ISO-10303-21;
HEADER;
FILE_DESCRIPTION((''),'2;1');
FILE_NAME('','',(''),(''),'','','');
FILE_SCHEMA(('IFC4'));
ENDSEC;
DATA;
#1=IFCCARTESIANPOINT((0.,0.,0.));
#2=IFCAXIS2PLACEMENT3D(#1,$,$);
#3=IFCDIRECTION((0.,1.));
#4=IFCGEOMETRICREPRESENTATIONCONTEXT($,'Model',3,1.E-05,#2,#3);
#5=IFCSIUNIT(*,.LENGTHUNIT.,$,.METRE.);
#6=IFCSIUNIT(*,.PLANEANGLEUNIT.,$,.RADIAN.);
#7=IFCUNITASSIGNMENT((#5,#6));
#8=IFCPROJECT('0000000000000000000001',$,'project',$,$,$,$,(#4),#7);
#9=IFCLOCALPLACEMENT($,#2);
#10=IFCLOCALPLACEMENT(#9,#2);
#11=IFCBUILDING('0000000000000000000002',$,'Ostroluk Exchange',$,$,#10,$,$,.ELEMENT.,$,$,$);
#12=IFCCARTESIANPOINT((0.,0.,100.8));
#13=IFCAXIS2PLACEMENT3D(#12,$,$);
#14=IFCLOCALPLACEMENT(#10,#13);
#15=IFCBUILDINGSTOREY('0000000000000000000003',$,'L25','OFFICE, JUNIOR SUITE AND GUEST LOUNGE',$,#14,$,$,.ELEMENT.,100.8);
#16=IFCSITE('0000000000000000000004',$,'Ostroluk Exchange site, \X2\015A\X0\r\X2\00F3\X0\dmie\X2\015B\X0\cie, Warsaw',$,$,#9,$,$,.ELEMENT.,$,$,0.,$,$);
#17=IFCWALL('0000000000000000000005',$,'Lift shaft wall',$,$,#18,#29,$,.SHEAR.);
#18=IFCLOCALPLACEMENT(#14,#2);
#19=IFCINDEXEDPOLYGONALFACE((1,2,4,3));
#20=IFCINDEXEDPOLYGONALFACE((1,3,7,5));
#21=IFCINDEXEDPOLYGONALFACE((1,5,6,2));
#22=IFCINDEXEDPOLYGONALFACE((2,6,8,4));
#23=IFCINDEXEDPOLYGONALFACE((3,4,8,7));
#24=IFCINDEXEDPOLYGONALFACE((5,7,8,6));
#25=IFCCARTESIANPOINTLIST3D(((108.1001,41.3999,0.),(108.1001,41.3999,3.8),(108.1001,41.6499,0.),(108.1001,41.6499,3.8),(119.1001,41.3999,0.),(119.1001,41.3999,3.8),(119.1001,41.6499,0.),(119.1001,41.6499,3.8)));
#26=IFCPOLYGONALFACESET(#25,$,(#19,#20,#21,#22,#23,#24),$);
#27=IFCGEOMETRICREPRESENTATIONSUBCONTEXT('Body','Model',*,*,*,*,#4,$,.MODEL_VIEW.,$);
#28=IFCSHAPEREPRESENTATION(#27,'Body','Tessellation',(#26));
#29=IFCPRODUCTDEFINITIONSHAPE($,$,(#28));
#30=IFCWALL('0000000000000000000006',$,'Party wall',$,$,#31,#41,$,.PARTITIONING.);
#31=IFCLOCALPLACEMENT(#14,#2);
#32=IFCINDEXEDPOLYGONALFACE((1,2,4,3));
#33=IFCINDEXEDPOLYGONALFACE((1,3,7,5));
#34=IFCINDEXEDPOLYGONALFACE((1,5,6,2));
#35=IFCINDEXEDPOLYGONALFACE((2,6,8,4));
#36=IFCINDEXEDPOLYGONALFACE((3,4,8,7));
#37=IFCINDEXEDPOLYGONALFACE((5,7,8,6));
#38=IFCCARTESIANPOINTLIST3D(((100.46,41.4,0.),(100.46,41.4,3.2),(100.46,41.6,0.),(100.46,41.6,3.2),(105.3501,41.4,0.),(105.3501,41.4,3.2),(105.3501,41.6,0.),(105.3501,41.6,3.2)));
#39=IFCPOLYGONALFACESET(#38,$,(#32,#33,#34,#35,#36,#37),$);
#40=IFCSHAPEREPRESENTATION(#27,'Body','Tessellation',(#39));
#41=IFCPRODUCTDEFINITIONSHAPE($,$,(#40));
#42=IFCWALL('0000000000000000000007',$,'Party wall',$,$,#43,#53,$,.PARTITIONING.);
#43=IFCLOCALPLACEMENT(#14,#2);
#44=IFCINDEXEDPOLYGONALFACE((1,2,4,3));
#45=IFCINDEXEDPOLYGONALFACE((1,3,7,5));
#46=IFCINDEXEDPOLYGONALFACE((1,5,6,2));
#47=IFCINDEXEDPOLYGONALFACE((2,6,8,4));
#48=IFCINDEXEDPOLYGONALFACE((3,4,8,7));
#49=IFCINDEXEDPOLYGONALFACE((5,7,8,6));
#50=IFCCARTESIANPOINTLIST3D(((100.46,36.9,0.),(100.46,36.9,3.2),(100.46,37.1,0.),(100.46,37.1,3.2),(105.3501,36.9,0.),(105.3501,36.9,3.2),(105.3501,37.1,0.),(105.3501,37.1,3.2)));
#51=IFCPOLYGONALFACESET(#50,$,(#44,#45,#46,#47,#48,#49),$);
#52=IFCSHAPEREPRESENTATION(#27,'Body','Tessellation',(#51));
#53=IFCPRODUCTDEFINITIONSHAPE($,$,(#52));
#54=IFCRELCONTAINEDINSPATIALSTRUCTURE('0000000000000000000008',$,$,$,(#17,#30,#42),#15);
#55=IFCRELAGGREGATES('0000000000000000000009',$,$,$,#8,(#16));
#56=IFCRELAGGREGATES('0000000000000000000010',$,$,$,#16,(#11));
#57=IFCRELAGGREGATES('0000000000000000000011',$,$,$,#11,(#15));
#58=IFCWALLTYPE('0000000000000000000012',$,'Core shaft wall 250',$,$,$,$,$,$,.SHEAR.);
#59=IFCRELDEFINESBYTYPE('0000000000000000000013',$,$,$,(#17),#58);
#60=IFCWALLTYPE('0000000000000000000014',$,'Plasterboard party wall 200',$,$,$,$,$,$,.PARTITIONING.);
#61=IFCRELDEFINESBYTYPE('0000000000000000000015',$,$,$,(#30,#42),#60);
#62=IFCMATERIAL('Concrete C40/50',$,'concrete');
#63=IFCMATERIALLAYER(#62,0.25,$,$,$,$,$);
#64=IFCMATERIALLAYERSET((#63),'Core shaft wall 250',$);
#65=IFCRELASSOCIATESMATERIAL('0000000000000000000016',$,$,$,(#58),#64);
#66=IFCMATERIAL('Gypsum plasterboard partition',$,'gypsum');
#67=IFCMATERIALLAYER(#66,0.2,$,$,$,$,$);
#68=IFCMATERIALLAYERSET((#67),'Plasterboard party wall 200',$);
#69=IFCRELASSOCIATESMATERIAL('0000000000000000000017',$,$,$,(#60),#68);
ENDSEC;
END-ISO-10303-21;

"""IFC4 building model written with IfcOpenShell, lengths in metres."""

from ifc_helpers import new_model, si_unit, direction, frame, frame_2d, origin, place, context, subcontext, project, spatial, rectangle, extrude, material, layer, layer_set, type_object, element, save


model = new_model("IFC4")

# Units and contexts
model_context = context("Model", 3, precision=1e-05, world=origin(), true_north=direction((0.0, 1.0)))
body_context = subcontext(model_context, "Body", "Model", "MODEL_VIEW")
ifc_project = project(units=[si_unit("LENGTHUNIT", "METRE"), si_unit("PLANEANGLEUNIT", "RADIAN")], contexts=[model_context])

# Site, building, storey
site_placement = place(None, origin())
site = spatial("IfcSite", under=ifc_project, at=site_placement, Name="Ostroluk Exchange site, Śródmieście, Warsaw", CompositionType="ELEMENT", RefElevation=0.0)
building_placement = place(site_placement, origin())
building = spatial("IfcBuilding", under=site, at=building_placement, Name="Ostroluk Exchange", CompositionType="ELEMENT")
storey_placement = place(building_placement, frame((0.0, 0.0, 100.8)))
storey = spatial("IfcBuildingStorey", under=building, at=storey_placement, Name="L25", Description="OFFICE, JUNIOR SUITE AND GUEST LOUNGE", CompositionType="ELEMENT", Elevation=100.8)

# Shared definitions
ifc_material_1 = material(Name="Concrete C40/50", Category="concrete")
ifc_layer_1 = layer(ifc_material_1, 0.25)
ifc_layer_set_1 = layer_set([ifc_layer_1], Name="Core shaft wall 250")
wall_type_1 = type_object("IfcWallType", Name="Core shaft wall 250", PredefinedType="SHEAR", material=ifc_layer_set_1)

# Wall
wall_1_placement = place(storey_placement, frame((108.1001, 41.5249, 0.0), z_axis=(0.0, 0.0, 1.0), x_axis=(1.0, 0.0, 0.0)))
element("IfcWall", 1, at=wall_1_placement, inside=storey, type_object=wall_type_1, Name="Lift shaft wall", PredefinedType="SHEAR", context=body_context, shape_type="SweptSolid", body=[
    extrude(rectangle(XDim=11.0, YDim=0.25, at=frame_2d((5.5, 0.0))), origin(), (0.0, 0.0, 1.0), 3.8),
])

# Walls
ifc_material_2 = material(Name="Gypsum plasterboard partition", Category="gypsum")
ifc_layer_2 = layer(ifc_material_2, 0.2)
ifc_layer_set_2 = layer_set([ifc_layer_2], Name="Plasterboard party wall 200")
wall_type_2 = type_object("IfcWallType", Name="Plasterboard party wall 200", PredefinedType="PARTITIONING", material=ifc_layer_set_2)
for number, where, z_axis, x_axis, name in (
    (2, (105.3501, 41.5, 0.0), (0.0, 0.0, 1.0), (-1.0, 0.0, 0.0), "Party wall"),
    (3, (105.3501, 37.0, 0.0), (0.0, 0.0, 1.0), (-1.0, 0.0, 0.0), "Party wall"),
):
    element("IfcWall", number, at=place(storey_placement, frame(where, z_axis=z_axis, x_axis=x_axis)), inside=storey, type_object=wall_type_2, Name=name, PredefinedType="PARTITIONING", context=body_context, shape_type="SweptSolid", body=[
        extrude(rectangle(XDim=4.8901, YDim=0.2, at=frame_2d((2.4451, 0.0))), origin(), (0.0, 0.0, 1.0), 3.2),
    ])

save(model, "model.ifc")
